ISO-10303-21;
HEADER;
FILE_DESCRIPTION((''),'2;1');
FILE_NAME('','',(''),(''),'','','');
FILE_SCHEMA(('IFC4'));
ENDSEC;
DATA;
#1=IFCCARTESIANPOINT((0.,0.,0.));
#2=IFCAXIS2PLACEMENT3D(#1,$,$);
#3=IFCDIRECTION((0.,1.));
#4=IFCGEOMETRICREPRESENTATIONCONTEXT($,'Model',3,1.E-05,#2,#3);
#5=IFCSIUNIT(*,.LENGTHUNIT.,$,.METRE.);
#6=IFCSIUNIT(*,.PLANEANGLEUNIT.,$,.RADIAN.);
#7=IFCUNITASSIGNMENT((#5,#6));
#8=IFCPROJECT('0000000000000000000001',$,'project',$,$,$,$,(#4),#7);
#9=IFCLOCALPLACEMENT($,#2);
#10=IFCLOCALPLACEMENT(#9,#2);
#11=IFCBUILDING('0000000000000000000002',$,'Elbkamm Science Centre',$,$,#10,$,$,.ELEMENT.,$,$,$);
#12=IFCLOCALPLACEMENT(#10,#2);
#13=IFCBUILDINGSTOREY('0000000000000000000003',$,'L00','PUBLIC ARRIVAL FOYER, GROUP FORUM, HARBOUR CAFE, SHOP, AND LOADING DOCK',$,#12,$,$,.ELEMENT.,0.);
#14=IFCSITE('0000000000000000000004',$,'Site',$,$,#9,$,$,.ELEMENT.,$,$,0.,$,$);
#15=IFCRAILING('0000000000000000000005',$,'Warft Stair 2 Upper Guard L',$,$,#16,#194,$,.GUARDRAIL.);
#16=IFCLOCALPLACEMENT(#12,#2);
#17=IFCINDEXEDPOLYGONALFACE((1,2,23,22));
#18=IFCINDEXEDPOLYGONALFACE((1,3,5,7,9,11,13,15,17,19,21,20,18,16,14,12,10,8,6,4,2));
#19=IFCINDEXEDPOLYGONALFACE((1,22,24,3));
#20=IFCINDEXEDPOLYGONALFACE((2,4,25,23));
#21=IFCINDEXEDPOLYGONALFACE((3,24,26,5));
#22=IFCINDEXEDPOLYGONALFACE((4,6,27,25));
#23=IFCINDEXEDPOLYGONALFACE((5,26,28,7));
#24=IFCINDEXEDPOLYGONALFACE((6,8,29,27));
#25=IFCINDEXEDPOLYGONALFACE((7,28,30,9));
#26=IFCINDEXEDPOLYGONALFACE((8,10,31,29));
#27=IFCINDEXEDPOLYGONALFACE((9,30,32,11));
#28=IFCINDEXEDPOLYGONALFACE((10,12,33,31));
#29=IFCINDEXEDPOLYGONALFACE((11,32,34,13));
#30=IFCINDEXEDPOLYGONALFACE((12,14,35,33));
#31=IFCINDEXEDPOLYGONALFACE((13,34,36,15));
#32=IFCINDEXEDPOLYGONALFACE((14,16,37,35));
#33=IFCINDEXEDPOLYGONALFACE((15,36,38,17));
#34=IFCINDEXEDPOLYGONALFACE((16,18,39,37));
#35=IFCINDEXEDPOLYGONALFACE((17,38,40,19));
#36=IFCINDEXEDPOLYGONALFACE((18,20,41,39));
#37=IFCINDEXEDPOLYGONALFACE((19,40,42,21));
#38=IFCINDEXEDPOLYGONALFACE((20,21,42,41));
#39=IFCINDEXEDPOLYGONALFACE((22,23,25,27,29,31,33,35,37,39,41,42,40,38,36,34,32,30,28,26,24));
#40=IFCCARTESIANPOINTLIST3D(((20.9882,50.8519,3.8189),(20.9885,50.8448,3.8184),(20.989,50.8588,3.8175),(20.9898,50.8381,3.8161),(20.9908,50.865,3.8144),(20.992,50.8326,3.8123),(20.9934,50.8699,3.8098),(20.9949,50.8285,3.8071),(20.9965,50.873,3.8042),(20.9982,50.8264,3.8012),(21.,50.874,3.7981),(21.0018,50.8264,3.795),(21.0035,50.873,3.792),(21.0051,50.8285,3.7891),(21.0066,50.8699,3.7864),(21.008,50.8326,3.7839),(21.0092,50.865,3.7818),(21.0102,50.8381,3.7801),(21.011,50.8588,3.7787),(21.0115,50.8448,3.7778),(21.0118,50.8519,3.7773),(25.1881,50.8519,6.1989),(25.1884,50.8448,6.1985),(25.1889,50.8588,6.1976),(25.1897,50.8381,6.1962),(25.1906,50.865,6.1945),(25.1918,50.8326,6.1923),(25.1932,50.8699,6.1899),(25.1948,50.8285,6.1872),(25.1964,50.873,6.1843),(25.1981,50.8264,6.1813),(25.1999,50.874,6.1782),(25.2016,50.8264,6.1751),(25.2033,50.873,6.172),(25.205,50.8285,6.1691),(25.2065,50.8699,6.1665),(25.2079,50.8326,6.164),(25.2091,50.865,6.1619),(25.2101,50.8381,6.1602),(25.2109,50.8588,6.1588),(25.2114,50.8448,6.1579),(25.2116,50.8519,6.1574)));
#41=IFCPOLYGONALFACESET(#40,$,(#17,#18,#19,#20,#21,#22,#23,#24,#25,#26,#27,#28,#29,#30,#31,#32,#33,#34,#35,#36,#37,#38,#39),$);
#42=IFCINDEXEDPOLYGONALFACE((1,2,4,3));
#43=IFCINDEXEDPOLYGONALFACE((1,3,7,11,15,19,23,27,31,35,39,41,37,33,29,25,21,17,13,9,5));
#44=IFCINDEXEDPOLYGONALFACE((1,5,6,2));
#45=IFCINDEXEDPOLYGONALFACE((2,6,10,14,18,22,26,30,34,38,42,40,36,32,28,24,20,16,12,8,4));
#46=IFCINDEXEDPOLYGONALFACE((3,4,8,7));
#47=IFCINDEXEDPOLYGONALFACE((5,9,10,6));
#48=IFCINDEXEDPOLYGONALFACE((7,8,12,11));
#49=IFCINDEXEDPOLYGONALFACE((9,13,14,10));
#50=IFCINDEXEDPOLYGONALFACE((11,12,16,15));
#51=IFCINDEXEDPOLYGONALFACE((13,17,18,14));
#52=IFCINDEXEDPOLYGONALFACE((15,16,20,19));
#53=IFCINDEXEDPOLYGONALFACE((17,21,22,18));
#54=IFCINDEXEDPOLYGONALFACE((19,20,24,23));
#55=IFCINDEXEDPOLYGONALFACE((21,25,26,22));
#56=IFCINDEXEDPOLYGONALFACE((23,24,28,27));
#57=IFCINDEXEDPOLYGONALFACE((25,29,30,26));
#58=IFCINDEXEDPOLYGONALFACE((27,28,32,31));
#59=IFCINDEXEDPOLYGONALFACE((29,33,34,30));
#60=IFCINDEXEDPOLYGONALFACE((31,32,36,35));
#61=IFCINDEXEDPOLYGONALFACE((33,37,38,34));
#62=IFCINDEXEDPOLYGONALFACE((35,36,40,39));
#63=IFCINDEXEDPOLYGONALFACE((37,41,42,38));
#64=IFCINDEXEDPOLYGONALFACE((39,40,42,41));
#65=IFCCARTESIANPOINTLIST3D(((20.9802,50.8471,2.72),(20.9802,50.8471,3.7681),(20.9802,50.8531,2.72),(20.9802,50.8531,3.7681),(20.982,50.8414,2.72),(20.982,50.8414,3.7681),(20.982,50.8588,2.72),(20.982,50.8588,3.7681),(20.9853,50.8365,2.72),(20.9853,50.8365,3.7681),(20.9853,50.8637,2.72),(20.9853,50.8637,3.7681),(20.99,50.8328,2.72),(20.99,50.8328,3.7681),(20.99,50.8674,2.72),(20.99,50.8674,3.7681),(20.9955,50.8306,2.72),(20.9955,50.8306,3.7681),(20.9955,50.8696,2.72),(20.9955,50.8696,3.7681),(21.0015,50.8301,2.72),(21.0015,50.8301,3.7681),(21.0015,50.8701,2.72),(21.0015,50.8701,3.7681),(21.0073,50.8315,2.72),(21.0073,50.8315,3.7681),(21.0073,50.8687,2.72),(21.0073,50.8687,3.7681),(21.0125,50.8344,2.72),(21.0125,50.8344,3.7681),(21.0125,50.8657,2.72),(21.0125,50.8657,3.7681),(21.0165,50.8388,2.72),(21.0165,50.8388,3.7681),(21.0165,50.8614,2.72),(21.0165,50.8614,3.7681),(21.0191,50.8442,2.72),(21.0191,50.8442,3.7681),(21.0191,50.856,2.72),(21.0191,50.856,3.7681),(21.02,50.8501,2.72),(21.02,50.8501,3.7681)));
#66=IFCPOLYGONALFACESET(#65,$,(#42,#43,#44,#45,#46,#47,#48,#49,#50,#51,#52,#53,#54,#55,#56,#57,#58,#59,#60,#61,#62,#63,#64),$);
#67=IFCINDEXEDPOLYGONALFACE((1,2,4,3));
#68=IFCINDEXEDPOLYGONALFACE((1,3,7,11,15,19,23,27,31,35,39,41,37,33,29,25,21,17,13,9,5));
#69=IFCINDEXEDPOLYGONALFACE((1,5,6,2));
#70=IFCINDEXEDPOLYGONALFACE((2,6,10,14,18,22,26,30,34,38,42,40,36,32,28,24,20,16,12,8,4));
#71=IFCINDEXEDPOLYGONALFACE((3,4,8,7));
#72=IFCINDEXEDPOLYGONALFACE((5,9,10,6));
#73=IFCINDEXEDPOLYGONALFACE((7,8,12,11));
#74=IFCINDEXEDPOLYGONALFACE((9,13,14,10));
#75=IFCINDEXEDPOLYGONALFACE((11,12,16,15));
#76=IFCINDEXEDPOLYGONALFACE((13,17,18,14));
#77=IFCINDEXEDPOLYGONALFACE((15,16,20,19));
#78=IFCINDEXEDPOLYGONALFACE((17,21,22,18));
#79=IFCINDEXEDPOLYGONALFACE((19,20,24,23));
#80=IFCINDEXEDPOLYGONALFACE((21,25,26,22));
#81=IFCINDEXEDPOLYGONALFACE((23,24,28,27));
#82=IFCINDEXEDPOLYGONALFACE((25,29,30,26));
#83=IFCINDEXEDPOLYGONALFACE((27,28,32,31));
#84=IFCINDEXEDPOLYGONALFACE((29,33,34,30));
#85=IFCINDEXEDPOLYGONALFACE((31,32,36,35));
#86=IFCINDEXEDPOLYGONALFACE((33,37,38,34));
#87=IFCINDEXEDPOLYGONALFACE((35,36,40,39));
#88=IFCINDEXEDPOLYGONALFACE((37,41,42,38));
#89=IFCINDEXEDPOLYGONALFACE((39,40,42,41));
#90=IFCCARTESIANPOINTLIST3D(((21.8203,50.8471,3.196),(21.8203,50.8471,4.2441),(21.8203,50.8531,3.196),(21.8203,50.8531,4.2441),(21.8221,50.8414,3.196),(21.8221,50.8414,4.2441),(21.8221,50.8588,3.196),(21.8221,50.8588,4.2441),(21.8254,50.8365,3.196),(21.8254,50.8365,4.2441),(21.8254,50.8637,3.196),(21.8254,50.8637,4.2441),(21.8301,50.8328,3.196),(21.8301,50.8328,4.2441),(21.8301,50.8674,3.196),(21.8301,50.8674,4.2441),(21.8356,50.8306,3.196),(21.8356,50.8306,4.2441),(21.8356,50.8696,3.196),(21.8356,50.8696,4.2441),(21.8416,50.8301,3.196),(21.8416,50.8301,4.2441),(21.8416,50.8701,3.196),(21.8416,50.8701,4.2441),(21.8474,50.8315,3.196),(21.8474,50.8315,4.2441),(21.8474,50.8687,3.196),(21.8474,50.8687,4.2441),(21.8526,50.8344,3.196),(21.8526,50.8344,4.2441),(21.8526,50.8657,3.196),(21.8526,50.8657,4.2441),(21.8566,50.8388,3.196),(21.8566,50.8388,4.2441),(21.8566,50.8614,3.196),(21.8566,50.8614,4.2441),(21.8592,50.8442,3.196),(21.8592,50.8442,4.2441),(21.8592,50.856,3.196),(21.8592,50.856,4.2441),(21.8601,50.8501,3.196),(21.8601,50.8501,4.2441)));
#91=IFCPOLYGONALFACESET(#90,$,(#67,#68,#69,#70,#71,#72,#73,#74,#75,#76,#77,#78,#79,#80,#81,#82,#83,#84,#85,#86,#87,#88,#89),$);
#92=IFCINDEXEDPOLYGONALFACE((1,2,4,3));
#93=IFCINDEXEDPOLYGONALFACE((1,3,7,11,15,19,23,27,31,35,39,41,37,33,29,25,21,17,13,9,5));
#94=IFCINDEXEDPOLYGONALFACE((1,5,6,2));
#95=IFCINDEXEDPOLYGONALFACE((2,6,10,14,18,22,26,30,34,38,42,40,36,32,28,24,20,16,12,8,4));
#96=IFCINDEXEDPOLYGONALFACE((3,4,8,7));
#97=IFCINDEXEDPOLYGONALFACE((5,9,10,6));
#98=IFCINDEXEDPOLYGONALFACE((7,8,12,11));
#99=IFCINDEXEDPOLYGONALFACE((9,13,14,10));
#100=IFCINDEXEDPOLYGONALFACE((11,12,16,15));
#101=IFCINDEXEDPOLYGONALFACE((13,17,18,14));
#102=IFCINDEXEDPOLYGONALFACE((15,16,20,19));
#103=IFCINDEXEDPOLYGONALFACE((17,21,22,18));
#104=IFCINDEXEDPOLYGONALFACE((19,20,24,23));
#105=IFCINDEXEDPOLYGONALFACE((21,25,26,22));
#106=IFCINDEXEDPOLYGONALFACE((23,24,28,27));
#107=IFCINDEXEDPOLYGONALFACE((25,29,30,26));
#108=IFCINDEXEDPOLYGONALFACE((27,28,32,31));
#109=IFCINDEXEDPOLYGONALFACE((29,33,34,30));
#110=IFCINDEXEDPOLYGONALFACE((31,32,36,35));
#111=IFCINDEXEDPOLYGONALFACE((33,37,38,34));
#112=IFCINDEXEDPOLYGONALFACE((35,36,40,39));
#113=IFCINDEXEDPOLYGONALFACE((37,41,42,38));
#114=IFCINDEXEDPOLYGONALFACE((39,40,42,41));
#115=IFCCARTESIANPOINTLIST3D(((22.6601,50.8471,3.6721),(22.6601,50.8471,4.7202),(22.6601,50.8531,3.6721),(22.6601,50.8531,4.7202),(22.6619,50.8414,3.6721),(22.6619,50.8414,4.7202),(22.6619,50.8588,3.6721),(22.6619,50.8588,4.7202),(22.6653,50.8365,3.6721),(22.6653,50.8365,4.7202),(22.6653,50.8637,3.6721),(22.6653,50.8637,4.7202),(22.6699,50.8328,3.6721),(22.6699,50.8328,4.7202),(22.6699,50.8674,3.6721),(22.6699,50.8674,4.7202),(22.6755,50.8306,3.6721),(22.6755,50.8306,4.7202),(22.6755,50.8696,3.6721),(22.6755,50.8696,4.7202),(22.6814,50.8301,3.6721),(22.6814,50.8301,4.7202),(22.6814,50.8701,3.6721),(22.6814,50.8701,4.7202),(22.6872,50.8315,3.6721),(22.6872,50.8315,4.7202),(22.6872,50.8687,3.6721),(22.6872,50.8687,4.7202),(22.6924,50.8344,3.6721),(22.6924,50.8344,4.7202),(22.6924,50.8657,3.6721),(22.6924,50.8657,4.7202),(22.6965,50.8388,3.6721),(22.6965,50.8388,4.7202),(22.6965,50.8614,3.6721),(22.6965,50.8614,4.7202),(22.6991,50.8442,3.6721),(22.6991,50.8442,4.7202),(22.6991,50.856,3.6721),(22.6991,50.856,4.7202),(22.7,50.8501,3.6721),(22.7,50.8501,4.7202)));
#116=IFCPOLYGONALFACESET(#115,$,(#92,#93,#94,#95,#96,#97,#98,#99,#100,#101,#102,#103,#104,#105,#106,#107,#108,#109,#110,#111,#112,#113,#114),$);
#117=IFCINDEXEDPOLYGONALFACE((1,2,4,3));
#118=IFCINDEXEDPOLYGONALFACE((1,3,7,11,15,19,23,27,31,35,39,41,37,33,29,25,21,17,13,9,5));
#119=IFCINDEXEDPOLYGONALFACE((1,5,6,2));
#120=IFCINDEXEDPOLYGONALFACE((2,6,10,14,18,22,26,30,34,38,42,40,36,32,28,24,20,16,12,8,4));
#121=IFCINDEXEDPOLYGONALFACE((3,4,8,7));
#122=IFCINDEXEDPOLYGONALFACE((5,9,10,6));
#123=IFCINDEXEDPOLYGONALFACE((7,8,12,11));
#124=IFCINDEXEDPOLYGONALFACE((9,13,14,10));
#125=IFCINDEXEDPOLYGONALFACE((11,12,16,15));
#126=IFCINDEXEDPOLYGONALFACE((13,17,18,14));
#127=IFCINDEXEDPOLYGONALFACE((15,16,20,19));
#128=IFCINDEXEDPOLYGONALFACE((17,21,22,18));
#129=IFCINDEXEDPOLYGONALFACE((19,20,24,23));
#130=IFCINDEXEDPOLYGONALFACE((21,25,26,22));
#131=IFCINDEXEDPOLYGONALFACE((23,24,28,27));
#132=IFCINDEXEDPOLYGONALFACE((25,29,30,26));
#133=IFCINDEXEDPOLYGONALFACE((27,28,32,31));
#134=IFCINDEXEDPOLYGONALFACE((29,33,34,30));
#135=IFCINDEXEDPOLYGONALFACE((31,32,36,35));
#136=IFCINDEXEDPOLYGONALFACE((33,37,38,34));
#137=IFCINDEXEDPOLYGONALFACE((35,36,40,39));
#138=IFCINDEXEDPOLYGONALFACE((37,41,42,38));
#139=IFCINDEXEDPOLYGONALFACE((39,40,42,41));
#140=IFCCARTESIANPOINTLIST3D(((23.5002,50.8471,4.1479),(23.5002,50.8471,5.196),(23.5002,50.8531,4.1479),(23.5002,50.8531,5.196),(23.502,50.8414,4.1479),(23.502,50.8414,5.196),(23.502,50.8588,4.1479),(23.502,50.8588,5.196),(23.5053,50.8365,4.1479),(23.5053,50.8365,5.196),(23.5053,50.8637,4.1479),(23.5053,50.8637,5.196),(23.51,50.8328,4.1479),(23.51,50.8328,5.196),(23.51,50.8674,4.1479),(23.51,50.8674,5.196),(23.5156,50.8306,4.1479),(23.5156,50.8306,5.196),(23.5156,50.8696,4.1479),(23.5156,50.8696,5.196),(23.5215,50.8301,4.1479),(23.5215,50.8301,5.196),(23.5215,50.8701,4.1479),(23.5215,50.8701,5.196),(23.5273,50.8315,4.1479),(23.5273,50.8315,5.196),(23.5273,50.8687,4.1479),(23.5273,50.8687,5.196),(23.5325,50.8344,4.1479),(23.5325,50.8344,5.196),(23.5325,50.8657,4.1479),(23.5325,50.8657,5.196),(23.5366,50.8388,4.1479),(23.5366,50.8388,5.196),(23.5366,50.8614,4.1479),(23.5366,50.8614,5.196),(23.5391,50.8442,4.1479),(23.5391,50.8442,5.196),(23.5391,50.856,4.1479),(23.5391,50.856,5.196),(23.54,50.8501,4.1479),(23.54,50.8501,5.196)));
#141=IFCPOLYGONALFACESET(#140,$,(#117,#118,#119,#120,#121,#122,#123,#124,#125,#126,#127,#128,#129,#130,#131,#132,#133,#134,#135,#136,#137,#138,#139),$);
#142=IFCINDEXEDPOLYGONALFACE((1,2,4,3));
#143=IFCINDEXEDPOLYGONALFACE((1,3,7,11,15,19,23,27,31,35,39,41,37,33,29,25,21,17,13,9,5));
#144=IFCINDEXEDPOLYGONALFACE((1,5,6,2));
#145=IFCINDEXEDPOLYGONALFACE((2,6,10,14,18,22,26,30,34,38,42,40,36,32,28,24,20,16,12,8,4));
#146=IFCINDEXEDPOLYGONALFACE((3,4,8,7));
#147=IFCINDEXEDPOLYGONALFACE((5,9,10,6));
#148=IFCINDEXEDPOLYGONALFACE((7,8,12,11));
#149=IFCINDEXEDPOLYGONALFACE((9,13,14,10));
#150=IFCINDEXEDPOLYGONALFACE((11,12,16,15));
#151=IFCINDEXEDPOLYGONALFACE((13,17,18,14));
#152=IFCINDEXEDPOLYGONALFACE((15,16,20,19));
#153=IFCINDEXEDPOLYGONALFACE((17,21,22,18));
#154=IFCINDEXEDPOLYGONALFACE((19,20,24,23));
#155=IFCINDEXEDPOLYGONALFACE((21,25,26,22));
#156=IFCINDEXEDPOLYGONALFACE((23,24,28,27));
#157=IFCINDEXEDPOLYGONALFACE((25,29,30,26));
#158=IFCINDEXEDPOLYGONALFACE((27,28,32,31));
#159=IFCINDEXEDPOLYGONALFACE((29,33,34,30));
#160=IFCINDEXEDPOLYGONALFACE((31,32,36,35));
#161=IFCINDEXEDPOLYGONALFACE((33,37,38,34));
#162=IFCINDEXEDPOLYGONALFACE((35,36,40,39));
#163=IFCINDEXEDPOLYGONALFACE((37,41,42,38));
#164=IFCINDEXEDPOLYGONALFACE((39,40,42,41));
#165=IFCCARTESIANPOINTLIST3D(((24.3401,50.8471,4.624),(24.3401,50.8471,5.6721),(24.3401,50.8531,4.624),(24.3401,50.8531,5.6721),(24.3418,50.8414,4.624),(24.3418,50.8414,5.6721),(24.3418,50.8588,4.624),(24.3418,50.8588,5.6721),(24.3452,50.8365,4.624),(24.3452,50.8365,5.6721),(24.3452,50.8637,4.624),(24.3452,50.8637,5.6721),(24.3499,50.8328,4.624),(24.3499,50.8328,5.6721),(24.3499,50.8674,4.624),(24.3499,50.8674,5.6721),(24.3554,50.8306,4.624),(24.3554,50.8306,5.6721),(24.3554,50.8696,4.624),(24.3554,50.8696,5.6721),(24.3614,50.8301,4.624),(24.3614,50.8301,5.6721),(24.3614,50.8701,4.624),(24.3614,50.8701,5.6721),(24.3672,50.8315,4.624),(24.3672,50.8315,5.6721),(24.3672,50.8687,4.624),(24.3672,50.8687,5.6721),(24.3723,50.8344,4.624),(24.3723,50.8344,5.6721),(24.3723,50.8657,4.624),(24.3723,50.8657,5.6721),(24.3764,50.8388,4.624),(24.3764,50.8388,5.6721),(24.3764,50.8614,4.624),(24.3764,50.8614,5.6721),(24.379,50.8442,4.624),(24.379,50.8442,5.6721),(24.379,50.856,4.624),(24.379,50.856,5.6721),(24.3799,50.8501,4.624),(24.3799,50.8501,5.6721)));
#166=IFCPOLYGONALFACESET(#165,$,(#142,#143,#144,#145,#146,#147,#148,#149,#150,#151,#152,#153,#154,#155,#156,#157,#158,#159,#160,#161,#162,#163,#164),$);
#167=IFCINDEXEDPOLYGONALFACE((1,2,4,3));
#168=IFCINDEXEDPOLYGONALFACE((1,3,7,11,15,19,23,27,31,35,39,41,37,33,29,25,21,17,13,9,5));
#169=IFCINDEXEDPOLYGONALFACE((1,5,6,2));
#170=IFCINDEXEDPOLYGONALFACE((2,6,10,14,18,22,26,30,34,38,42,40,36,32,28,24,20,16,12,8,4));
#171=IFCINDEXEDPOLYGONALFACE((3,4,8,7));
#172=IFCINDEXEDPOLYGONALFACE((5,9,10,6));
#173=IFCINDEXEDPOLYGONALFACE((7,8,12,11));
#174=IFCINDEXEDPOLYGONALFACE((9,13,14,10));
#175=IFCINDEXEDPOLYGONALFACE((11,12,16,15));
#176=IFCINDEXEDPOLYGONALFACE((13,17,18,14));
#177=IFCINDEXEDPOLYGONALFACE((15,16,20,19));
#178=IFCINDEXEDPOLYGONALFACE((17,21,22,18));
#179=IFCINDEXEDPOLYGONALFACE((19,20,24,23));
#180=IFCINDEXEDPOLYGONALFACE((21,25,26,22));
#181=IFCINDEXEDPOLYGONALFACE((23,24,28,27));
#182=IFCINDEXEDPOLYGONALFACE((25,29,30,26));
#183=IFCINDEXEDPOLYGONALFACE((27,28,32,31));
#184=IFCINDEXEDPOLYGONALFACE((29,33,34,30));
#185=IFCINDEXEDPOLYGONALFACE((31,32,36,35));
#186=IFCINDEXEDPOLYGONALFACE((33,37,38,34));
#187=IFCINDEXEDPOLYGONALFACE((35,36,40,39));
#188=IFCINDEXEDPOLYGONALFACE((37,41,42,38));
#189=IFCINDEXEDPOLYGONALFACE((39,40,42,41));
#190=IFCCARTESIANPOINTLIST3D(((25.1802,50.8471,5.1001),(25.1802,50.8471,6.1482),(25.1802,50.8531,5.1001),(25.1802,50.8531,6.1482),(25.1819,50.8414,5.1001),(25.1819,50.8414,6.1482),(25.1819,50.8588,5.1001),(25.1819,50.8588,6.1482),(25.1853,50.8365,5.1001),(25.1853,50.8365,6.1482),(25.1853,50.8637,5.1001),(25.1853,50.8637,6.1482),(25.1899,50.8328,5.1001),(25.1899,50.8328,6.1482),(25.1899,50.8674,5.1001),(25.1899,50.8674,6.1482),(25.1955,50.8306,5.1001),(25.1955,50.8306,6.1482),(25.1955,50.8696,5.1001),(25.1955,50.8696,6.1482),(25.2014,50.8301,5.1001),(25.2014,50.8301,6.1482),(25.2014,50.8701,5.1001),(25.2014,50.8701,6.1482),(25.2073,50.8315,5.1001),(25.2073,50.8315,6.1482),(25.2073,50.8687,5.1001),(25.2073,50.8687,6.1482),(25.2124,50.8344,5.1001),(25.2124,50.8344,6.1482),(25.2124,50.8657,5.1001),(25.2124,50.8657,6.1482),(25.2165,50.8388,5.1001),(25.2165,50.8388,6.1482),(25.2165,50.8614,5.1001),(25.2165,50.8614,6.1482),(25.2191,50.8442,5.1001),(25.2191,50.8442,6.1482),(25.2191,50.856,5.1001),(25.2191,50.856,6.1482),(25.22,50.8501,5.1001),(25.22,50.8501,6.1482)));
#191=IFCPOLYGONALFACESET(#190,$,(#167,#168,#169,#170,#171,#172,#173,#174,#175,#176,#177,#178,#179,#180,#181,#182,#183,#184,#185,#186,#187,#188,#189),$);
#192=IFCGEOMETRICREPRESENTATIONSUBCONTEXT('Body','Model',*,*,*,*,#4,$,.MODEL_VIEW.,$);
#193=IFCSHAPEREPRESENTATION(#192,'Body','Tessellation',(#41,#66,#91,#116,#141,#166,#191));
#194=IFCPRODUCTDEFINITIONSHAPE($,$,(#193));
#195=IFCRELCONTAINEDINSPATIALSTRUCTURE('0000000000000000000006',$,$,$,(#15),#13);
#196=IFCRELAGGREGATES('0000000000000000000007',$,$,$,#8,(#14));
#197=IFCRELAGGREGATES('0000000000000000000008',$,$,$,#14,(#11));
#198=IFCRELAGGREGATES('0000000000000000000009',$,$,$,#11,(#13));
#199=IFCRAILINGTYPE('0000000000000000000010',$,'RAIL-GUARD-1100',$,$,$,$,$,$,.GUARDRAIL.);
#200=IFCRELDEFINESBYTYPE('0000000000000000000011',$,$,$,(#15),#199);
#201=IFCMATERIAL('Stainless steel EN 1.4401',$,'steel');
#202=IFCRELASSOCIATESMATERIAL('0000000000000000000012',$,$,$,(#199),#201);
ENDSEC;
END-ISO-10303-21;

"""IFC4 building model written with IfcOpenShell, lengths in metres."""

from ifc_helpers import new_model, si_unit, direction, frame, origin, origin_2d, place, context, subcontext, project, spatial, circle, extrude, material, type_object, element, save


model = new_model("IFC4")

# Units and contexts
model_context = context("Model", 3, precision=1e-05, world=origin(), true_north=direction((0.0, 1.0)))
body_context = subcontext(model_context, "Body", "Model", "MODEL_VIEW")
ifc_project = project(units=[si_unit("LENGTHUNIT", "METRE"), si_unit("PLANEANGLEUNIT", "RADIAN")], contexts=[model_context])

# Site, building, storey
site_placement = place(None, origin())
site = spatial("IfcSite", under=ifc_project, at=site_placement, Name="Site", CompositionType="ELEMENT", RefElevation=0.0)
building_placement = place(site_placement, origin())
building = spatial("IfcBuilding", under=site, at=building_placement, Name="Elbkamm Science Centre", CompositionType="ELEMENT")
storey_placement = place(building_placement, origin())
storey = spatial("IfcBuildingStorey", under=building, at=storey_placement, Name="L00", Description="PUBLIC ARRIVAL FOYER, GROUP FORUM, HARBOUR CAFE, SHOP, AND LOADING DOCK", CompositionType="ELEMENT", Elevation=0.0)

# Railing
ifc_material_1 = material(Name="Stainless steel EN 1.4401", Category="steel")
railing_type_1 = type_object("IfcRailingType", Name="RAIL-GUARD-1100", PredefinedType="GUARDRAIL", material=ifc_material_1)
railing_1_placement = place(storey_placement, frame((21.0, 50.8501, 2.72)))
element("IfcRailing", 1, at=railing_1_placement, inside=storey, type_object=railing_type_1, Name="Warft Stair 2 Upper Guard L", PredefinedType="GUARDRAIL", context=body_context, shape_type="SweptSolid", body=[
    extrude(circle(Radius=0.0239, at=origin_2d()), frame((0.0, 0.0, 1.0781), z_axis=(0.870008, 0.0, 0.493037), x_axis=(0.0, 1.0, 0.0)), (0.0, 0.0, 1.0), 4.8274),
    extrude(circle(Radius=0.02, at=origin_2d()), origin(), (0.0, 0.0, 1.0), 1.0481),
    extrude(circle(Radius=0.02, at=origin_2d()), frame((0.8401, 0.0, 0.4761)), (0.0, 0.0, 1.0), 1.0481),
    extrude(circle(Radius=0.02, at=origin_2d()), frame((1.6799, 0.0, 0.9521)), (0.0, 0.0, 1.0), 1.0481),
    extrude(circle(Radius=0.02, at=origin_2d()), frame((2.52, 0.0, 1.428)), (0.0, 0.0, 1.0), 1.0481),
    extrude(circle(Radius=0.02, at=origin_2d()), frame((3.3599, 0.0, 1.9041)), (0.0, 0.0, 1.0), 1.0481),
    extrude(circle(Radius=0.02, at=origin_2d()), frame((4.2, 0.0, 2.3801)), (0.0, 0.0, 1.0), 1.0481),
])

save(model, "model.ifc")
